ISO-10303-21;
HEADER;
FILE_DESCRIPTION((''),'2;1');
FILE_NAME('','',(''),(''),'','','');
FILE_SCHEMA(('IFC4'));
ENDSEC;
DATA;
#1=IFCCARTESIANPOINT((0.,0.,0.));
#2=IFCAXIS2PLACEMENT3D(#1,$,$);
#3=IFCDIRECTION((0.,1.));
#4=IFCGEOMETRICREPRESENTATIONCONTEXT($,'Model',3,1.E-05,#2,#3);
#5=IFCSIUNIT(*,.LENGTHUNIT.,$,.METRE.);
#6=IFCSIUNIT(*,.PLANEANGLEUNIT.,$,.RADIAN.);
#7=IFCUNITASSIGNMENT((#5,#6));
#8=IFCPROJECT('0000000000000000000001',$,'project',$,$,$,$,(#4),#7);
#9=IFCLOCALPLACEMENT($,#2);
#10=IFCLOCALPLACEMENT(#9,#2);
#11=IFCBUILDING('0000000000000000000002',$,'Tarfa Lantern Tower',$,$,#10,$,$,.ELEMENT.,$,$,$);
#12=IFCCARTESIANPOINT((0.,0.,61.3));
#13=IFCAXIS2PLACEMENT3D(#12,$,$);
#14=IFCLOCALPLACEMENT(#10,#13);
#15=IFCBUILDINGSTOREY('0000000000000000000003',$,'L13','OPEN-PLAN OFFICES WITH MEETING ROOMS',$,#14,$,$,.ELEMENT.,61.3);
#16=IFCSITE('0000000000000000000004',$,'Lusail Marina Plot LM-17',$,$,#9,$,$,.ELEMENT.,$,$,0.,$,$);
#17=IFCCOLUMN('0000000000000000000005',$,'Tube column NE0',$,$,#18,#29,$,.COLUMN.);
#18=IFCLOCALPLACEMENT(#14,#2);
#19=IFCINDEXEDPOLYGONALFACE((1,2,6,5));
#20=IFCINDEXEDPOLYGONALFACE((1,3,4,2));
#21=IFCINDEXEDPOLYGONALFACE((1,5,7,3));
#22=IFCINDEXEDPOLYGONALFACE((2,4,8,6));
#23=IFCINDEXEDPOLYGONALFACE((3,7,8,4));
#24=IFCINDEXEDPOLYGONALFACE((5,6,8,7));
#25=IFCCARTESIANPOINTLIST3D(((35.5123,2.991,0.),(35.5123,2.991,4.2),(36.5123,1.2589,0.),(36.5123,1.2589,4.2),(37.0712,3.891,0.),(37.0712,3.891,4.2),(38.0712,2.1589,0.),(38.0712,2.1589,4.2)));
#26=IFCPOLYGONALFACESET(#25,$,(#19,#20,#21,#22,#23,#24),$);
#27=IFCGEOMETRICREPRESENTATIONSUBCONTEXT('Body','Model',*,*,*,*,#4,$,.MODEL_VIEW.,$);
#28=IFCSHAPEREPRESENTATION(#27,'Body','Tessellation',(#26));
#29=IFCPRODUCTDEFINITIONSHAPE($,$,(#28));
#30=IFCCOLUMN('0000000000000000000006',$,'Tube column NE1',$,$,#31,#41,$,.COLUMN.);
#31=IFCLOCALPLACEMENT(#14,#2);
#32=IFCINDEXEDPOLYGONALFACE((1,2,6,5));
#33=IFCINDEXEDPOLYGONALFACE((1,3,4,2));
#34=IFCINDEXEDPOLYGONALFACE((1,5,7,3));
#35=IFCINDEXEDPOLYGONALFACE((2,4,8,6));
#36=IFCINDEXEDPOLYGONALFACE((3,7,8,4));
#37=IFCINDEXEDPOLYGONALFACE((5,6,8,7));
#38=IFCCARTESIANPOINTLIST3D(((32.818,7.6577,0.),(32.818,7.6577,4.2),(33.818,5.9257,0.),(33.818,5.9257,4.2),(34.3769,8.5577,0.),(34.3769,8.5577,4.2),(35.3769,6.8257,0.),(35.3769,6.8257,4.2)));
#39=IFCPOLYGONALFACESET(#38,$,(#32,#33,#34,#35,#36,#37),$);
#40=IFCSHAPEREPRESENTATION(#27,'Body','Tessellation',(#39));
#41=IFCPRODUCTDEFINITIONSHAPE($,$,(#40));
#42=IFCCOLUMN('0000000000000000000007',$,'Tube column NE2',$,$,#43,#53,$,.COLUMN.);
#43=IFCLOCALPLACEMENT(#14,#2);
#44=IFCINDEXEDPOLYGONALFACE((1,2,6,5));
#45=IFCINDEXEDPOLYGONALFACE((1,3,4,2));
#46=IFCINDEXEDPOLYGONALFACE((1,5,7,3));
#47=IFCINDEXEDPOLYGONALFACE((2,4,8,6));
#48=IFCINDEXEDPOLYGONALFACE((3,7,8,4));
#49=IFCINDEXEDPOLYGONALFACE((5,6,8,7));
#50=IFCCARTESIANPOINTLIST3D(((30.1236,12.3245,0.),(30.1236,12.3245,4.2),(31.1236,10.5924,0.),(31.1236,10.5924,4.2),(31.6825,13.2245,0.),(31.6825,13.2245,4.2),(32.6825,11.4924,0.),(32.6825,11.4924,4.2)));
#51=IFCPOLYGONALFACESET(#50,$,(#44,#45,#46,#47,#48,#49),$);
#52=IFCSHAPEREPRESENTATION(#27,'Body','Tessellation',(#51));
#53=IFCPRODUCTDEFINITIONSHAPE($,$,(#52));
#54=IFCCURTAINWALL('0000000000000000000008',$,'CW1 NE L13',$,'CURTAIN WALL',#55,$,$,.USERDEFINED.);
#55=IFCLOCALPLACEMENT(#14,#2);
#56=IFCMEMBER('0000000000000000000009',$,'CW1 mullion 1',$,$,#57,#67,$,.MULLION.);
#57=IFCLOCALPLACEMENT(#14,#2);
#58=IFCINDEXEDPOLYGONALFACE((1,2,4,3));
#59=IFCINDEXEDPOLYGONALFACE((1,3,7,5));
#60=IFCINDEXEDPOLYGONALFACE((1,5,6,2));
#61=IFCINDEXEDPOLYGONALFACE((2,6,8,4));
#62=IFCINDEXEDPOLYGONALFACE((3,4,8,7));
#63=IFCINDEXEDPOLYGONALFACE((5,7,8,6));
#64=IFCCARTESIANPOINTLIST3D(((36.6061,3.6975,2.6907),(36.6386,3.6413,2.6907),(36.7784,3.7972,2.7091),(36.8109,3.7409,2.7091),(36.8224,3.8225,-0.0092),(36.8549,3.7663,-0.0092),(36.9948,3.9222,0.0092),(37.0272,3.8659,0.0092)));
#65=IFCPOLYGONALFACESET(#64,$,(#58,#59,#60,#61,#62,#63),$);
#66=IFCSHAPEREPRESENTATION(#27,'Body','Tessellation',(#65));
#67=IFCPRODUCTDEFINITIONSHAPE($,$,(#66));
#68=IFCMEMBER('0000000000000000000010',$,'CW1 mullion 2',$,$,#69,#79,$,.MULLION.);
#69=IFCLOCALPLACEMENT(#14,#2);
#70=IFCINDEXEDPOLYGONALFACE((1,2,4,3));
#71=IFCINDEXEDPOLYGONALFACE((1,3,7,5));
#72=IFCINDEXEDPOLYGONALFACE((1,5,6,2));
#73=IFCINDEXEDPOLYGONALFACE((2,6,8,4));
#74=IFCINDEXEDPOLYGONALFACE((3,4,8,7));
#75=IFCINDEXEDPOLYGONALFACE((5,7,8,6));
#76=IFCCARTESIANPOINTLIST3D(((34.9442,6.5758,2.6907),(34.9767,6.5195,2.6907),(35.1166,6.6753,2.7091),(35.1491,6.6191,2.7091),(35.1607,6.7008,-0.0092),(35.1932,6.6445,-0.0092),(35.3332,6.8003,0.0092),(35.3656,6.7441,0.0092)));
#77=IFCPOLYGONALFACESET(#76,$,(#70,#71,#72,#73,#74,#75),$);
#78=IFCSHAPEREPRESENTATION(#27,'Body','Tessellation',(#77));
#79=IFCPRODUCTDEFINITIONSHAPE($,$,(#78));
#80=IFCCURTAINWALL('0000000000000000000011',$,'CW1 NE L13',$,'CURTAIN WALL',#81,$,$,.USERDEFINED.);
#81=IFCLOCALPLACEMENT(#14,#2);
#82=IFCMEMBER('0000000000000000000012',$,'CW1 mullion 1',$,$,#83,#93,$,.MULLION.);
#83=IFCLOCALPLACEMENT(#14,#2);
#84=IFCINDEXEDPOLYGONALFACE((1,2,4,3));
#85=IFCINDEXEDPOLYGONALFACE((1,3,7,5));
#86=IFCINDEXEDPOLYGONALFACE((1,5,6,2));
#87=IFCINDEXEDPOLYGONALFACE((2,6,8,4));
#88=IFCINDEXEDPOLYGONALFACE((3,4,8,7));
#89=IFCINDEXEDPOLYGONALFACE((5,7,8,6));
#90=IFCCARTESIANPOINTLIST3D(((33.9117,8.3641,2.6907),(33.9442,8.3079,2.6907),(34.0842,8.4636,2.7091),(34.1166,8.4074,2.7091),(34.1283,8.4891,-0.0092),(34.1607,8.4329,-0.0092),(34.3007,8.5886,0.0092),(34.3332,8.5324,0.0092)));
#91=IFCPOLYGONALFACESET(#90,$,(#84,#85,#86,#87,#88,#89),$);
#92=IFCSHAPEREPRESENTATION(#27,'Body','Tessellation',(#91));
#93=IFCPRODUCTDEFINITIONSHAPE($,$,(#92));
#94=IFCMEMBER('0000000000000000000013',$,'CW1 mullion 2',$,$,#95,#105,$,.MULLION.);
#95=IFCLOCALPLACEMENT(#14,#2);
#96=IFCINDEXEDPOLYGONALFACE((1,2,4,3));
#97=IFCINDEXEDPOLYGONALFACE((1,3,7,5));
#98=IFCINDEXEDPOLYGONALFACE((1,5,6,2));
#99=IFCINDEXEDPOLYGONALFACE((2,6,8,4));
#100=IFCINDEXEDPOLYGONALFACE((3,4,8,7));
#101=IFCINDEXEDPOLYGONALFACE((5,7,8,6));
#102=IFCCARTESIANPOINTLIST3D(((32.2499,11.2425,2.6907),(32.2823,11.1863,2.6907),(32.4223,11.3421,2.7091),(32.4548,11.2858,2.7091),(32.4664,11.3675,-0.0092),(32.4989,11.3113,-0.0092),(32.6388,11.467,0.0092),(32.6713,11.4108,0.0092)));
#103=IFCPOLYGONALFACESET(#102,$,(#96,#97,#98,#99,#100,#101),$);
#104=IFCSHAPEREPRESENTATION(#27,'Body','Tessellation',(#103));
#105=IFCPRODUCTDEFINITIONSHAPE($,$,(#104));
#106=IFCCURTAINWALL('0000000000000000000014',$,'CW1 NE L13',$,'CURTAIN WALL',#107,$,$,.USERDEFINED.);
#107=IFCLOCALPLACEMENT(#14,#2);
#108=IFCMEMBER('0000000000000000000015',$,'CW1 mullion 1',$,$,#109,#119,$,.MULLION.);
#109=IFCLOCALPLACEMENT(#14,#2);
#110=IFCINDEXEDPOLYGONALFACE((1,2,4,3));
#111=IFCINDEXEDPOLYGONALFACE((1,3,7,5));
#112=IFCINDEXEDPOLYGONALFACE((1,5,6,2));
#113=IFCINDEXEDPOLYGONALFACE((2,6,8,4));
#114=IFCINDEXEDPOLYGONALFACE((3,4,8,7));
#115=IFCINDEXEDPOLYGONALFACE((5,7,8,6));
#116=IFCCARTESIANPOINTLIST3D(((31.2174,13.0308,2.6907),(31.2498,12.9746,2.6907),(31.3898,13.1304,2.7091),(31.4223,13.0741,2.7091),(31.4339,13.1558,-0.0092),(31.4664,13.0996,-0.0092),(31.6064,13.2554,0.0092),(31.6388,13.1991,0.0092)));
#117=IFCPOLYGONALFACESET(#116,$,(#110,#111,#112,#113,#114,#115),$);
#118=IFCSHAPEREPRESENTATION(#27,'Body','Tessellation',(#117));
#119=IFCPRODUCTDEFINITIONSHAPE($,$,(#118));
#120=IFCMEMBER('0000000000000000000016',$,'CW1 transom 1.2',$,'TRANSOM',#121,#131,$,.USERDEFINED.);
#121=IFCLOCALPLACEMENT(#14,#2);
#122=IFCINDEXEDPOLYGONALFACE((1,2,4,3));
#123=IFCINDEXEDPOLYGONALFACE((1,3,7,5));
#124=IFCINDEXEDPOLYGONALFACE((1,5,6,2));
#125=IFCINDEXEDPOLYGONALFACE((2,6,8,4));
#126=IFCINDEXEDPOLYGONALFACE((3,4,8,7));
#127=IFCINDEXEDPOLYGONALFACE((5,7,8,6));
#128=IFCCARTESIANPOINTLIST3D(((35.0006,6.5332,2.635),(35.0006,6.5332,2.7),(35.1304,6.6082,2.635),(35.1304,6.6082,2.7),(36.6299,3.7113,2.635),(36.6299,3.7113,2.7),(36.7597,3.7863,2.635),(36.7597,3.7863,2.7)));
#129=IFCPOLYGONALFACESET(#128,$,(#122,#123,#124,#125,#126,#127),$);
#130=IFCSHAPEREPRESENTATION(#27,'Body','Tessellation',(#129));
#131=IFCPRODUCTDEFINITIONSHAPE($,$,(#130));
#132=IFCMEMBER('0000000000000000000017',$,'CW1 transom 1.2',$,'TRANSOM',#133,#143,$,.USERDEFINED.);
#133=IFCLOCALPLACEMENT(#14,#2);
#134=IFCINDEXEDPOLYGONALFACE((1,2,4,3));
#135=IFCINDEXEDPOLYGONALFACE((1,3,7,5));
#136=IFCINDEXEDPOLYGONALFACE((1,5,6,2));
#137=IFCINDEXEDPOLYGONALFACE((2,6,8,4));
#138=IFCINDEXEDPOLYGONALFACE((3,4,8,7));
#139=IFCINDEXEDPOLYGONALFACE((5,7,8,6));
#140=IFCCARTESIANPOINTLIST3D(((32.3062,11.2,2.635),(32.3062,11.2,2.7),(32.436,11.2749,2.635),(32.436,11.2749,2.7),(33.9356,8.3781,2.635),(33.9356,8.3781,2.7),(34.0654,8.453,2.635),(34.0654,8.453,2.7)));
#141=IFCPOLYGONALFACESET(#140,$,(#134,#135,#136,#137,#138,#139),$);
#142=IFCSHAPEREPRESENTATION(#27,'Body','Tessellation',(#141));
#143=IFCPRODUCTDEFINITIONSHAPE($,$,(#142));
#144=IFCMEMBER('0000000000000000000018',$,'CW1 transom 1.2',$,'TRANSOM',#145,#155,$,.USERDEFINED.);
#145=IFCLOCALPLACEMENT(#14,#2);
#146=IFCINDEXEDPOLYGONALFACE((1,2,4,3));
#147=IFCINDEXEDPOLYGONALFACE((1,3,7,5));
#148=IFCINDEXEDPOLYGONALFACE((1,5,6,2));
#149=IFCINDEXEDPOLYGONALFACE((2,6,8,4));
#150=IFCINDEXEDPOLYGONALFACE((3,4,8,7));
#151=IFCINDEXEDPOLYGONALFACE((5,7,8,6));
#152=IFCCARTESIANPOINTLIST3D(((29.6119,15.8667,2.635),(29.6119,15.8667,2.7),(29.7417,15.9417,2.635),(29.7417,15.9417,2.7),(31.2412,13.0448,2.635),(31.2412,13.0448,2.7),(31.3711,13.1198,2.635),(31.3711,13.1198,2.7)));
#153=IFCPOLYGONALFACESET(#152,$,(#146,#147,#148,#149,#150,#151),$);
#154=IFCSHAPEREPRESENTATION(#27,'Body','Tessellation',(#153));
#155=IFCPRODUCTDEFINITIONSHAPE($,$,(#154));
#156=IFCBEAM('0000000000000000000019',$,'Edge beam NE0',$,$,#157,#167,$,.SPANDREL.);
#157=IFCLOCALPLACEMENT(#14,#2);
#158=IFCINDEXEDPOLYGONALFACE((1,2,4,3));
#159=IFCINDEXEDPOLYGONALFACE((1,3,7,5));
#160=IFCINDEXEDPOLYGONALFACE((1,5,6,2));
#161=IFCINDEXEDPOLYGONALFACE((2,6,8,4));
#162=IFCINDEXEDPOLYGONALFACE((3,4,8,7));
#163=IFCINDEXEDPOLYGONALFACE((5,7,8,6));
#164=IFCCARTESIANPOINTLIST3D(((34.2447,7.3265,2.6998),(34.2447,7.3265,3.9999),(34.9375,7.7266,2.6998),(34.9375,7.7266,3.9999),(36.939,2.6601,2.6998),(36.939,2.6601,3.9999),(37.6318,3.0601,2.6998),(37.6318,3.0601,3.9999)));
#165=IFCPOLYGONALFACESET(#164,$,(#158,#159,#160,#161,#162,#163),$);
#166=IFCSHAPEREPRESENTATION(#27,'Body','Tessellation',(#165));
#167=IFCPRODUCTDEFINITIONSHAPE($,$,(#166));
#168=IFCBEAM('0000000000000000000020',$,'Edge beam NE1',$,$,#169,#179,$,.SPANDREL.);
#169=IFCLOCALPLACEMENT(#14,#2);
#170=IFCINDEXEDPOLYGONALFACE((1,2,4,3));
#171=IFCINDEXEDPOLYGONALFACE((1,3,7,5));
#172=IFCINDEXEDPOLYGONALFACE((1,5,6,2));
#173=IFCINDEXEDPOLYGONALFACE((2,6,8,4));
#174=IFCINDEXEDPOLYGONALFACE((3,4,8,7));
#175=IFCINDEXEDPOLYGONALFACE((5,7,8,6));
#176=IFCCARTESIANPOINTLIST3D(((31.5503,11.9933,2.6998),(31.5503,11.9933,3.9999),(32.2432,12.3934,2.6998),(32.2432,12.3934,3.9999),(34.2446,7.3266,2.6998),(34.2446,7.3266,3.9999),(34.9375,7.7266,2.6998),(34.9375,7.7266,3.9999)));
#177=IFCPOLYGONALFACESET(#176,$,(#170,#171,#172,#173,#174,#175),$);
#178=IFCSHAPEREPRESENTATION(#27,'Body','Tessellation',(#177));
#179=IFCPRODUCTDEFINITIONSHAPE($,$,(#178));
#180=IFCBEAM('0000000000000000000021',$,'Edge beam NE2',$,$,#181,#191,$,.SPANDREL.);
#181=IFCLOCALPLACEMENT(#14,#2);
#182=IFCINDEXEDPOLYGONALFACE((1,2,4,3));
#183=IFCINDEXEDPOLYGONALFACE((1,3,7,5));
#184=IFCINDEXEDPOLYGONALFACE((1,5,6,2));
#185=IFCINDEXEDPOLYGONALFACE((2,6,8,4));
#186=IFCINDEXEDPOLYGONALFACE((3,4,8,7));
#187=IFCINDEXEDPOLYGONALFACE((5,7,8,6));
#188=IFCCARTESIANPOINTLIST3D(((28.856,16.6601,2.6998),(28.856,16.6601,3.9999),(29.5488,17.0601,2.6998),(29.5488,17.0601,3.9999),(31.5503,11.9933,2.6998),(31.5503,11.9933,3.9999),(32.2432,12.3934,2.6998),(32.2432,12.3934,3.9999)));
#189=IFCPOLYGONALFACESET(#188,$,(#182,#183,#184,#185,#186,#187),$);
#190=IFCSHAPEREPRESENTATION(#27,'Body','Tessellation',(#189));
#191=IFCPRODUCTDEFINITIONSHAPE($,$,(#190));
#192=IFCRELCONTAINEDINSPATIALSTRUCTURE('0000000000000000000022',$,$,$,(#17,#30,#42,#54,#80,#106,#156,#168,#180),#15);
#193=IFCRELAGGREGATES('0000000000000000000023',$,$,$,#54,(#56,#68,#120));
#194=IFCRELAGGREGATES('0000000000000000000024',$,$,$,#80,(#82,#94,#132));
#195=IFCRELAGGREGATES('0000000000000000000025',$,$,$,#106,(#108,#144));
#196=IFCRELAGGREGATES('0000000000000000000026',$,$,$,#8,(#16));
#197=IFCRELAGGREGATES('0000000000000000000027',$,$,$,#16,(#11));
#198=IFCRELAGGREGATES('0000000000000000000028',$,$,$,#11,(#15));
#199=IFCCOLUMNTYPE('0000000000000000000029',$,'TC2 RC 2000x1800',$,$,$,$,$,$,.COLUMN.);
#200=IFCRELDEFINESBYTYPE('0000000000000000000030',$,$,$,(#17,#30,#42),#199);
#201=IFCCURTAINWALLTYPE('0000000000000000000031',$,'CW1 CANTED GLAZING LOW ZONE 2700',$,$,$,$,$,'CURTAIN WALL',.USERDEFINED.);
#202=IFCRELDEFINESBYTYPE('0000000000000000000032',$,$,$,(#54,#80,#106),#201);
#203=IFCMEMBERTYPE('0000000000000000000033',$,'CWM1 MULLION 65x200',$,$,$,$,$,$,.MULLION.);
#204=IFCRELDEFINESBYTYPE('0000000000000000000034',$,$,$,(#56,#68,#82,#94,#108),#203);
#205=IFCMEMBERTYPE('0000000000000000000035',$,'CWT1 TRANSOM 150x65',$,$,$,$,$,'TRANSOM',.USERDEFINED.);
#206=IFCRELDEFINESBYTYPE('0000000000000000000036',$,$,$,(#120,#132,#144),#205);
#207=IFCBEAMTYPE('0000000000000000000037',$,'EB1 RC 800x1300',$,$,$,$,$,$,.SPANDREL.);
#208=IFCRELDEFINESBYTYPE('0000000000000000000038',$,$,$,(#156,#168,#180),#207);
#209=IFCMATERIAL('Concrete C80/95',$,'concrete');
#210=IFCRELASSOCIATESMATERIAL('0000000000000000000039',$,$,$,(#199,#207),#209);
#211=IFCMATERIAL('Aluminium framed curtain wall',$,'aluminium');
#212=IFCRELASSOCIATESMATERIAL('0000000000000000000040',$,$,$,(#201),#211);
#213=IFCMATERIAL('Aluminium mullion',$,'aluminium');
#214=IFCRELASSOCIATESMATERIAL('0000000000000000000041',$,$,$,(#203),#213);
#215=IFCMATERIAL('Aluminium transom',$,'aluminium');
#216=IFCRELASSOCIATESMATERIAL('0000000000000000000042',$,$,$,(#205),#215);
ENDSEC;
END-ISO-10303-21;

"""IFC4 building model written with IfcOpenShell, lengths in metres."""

from ifc_helpers import new_model, si_unit, direction, frame, origin, origin_2d, place, context, subcontext, project, spatial, rectangle, extrude, material, material_profile, profile_set, type_object, element, aggregate, save


model = new_model("IFC4")

# Units and contexts
model_context = context("Model", 3, precision=1e-05, world=origin(), true_north=direction((0.0, 1.0)))
body_context = subcontext(model_context, "Body", "Model", "MODEL_VIEW")
ifc_project = project(units=[si_unit("LENGTHUNIT", "METRE"), si_unit("PLANEANGLEUNIT", "RADIAN")], contexts=[model_context])

# Site, building, storey
site_placement = place(None, origin())
site = spatial("IfcSite", under=ifc_project, at=site_placement, Name="Lusail Marina Plot LM-17", CompositionType="ELEMENT", RefElevation=0.0)
building_placement = place(site_placement, origin())
building = spatial("IfcBuilding", under=site, at=building_placement, Name="Tarfa Lantern Tower", CompositionType="ELEMENT")
storey_placement = place(building_placement, frame((0.0, 0.0, 61.3)))
storey = spatial("IfcBuildingStorey", under=building, at=storey_placement, Name="L13", Description="OPEN-PLAN OFFICES WITH MEETING ROOMS", CompositionType="ELEMENT", Elevation=61.3)

# Columns
ifc_material_1 = material(Name="Concrete C80/95", Category="concrete")
ifc_material_profile_1 = material_profile(ifc_material_1, rectangle(XDim=2.0, YDim=1.8, at=origin_2d()), Name="RC 2000x1800")
ifc_profile_set_1 = profile_set([ifc_material_profile_1], Name="Concrete C80/95")
column_type = type_object("IfcColumnType", Name="TC2 RC 2000x1800", PredefinedType="COLUMN", material=ifc_profile_set_1)
for number, where, z_axis, x_axis, name in (
    (1, (36.7917, 2.575, 0.0), (0.0, 0.0, 1.0), (-0.5, 0.866025, 0.0), "Tube column NE0"),
    (2, (34.0974, 7.2417, 0.0), (0.0, 0.0, 1.0), (-0.5, 0.866025, 0.0), "Tube column NE1"),
    (3, (31.4031, 11.9084, 0.0), (0.0, 0.0, 1.0), (-0.5, 0.866025, 0.0), "Tube column NE2"),
):
    element("IfcColumn", number, at=place(storey_placement, frame(where, z_axis=z_axis, x_axis=x_axis)), inside=storey, type_object=column_type, Name=name, PredefinedType="COLUMN", context=body_context, shape_type="SweptSolid", body=[
        extrude(rectangle(XDim=2.0, YDim=1.8, at=origin_2d()), origin(), (0.0, 0.0, 1.0), 4.2),
    ])

# Curtain walls, members
ifc_material_2 = material(Name="Aluminium framed curtain wall", Category="aluminium")
curtain_wall_type = type_object("IfcCurtainWallType", Name="CW1 CANTED GLAZING LOW ZONE 2700", ElementType="CURTAIN WALL", PredefinedType="USERDEFINED", material=ifc_material_2)
curtain_wall_1_placement = place(storey_placement, origin())
curtain_wall_1 = element("IfcCurtainWall", 4, at=curtain_wall_1_placement, inside=storey, type_object=curtain_wall_type, Name="CW1 NE L13", ObjectType="CURTAIN WALL", PredefinedType="USERDEFINED")
ifc_material_3 = material(Name="Aluminium mullion", Category="aluminium")
ifc_material_profile_2 = material_profile(ifc_material_3, rectangle(XDim=0.0649, YDim=0.2, at=origin_2d()), Name="AL MULLION 65x200")
ifc_profile_set_2 = profile_set([ifc_material_profile_2], Name="Aluminium mullion")
member_type_1 = type_object("IfcMemberType", Name="CWM1 MULLION 65x200", PredefinedType="MULLION", material=ifc_profile_set_2)
member_1_placement = place(storey_placement, frame((36.9248, 3.8442, 0.0), z_axis=(-0.079775, -0.0461, 0.995746), x_axis=(0.500343, -0.865827, 0.0)))
member_1 = element("IfcMember", 5, at=member_1_placement, type_object=member_type_1, Name="CW1 mullion 1", PredefinedType="MULLION", context=body_context, shape_type="SweptSolid", body=[
    extrude(rectangle(XDim=0.0649, YDim=0.2, at=origin_2d()), origin(), (0.0, 0.0, 1.0), 2.7114),
])
member_2_placement = place(storey_placement, frame((35.2632, 6.7224, 0.0), z_axis=(-0.079864, -0.0461, 0.995739), x_axis=(0.49992, -0.866072, 0.0)))
member_2 = element("IfcMember", 6, at=member_2_placement, type_object=member_type_1, Name="CW1 mullion 2", PredefinedType="MULLION", context=body_context, shape_type="SweptSolid", body=[
    extrude(rectangle(XDim=0.0649, YDim=0.2, at=origin_2d()), origin(), (0.0, 0.0, 1.0), 2.7114),
])
curtain_wall_2_placement = place(storey_placement, origin())
curtain_wall_2 = element("IfcCurtainWall", 7, at=curtain_wall_2_placement, inside=storey, type_object=curtain_wall_type, Name="CW1 NE L13", ObjectType="CURTAIN WALL", PredefinedType="USERDEFINED")
member_3_placement = place(storey_placement, frame((34.2307, 8.5107, 0.0), z_axis=(-0.079864, -0.0461, 0.995739), x_axis=(0.49992, -0.866072, 0.0)))
member_3 = element("IfcMember", 8, at=member_3_placement, type_object=member_type_1, Name="CW1 mullion 1", PredefinedType="MULLION", context=body_context, shape_type="SweptSolid", body=[
    extrude(rectangle(XDim=0.0649, YDim=0.2, at=origin_2d()), origin(), (0.0, 0.0, 1.0), 2.7114),
])
member_4_placement = place(storey_placement, frame((32.5688, 11.3892, 0.0), z_axis=(-0.079864, -0.0461, 0.995739), x_axis=(0.49992, -0.866072, 0.0)))
member_4 = element("IfcMember", 9, at=member_4_placement, type_object=member_type_1, Name="CW1 mullion 2", PredefinedType="MULLION", context=body_context, shape_type="SweptSolid", body=[
    extrude(rectangle(XDim=0.0649, YDim=0.2, at=origin_2d()), origin(), (0.0, 0.0, 1.0), 2.7114),
])

# Curtain wall, member
curtain_wall_3_placement = place(storey_placement, origin())
curtain_wall_3 = element("IfcCurtainWall", 10, at=curtain_wall_3_placement, inside=storey, type_object=curtain_wall_type, Name="CW1 NE L13", ObjectType="CURTAIN WALL", PredefinedType="USERDEFINED")
member_5_placement = place(storey_placement, frame((31.5364, 13.1775, 0.0), z_axis=(-0.079864, -0.0461, 0.995739), x_axis=(0.49992, -0.866072, 0.0)))
member_5 = element("IfcMember", 11, at=member_5_placement, type_object=member_type_1, Name="CW1 mullion 1", PredefinedType="MULLION", context=body_context, shape_type="SweptSolid", body=[
    extrude(rectangle(XDim=0.0649, YDim=0.2, at=origin_2d()), origin(), (0.0, 0.0, 1.0), 2.7114),
])

# Members
ifc_material_4 = material(Name="Aluminium transom", Category="aluminium")
ifc_material_profile_3 = material_profile(ifc_material_4, rectangle(XDim=0.1499, YDim=0.0649, at=origin_2d()), Name="AL TRANSOM 150x65")
ifc_profile_set_3 = profile_set([ifc_material_profile_3], Name="Aluminium transom")
member_type_2 = type_object("IfcMemberType", Name="CWT1 TRANSOM 150x65", ElementType="TRANSOM", PredefinedType="USERDEFINED", material=ifc_profile_set_3)
member_6_placement = place(storey_placement, frame((36.6948, 3.7488, 2.6675), z_axis=(-0.500023, 0.866012, 0.0), x_axis=(-0.866012, -0.500023, 0.0)))
member_6 = element("IfcMember", 12, at=member_6_placement, type_object=member_type_2, Name="CW1 transom 1.2", ObjectType="TRANSOM", PredefinedType="USERDEFINED", context=body_context, shape_type="SweptSolid", body=[
    extrude(rectangle(XDim=0.1499, YDim=0.0649, at=origin_2d()), origin(), (0.0, 0.0, 1.0), 3.2585),
])
member_7_placement = place(storey_placement, frame((34.0005, 8.4155, 2.6675), z_axis=(-0.500023, 0.866012, 0.0), x_axis=(-0.866012, -0.500023, 0.0)))
member_7 = element("IfcMember", 13, at=member_7_placement, type_object=member_type_2, Name="CW1 transom 1.2", ObjectType="TRANSOM", PredefinedType="USERDEFINED", context=body_context, shape_type="SweptSolid", body=[
    extrude(rectangle(XDim=0.1499, YDim=0.0649, at=origin_2d()), origin(), (0.0, 0.0, 1.0), 3.2585),
])
member_8_placement = place(storey_placement, frame((31.3062, 13.0823, 2.6675), z_axis=(-0.500023, 0.866012, 0.0), x_axis=(-0.866012, -0.500023, 0.0)))
member_8 = element("IfcMember", 14, at=member_8_placement, type_object=member_type_2, Name="CW1 transom 1.2", ObjectType="TRANSOM", PredefinedType="USERDEFINED", context=body_context, shape_type="SweptSolid", body=[
    extrude(rectangle(XDim=0.1499, YDim=0.0649, at=origin_2d()), origin(), (0.0, 0.0, 1.0), 3.2585),
])

# Beams
ifc_material_profile_4 = material_profile(ifc_material_1, rectangle(XDim=0.8, YDim=1.3, at=origin_2d()), Name="RC 800x1300")
ifc_profile_set_4 = profile_set([ifc_material_profile_4], Name="Concrete C80/95")
beam_type_1 = type_object("IfcBeamType", Name="EB1 RC 800x1300", PredefinedType="SPANDREL", material=ifc_profile_set_4)
beam_1_placement = place(storey_placement, frame((37.2854, 2.8601, 3.3499), z_axis=(-0.500018, 0.866015, 0.0), x_axis=(-0.866015, -0.500018, 0.0)))
element("IfcBeam", 15, at=beam_1_placement, inside=storey, type_object=beam_type_1, Name="Edge beam NE0", PredefinedType="SPANDREL", context=body_context, shape_type="SweptSolid", body=[
    extrude(rectangle(XDim=0.8, YDim=1.3, at=origin_2d()), origin(), (0.0, 0.0, 1.0), 5.3884),
])
for number, where, z_axis, x_axis, name in (
    (16, (34.5911, 7.5266, 3.3499), (-0.499998, 0.866026, 0.0), (-0.866026, -0.499998, 0.0), "Edge beam NE1"),
    (17, (31.8967, 12.1934, 3.3499), (-0.499998, 0.866026, 0.0), (-0.866026, -0.499998, 0.0), "Edge beam NE2"),
):
    element("IfcBeam", number, at=place(storey_placement, frame(where, z_axis=z_axis, x_axis=x_axis)), inside=storey, type_object=beam_type_1, Name=name, PredefinedType="SPANDREL", context=body_context, shape_type="SweptSolid", body=[
        extrude(rectangle(XDim=0.8, YDim=1.3, at=origin_2d()), origin(), (0.0, 0.0, 1.0), 5.3887),
    ])

aggregate(curtain_wall_1, [member_1, member_2, member_6])
aggregate(curtain_wall_2, [member_3, member_4, member_7])
aggregate(curtain_wall_3, [member_5, member_8])

save(model, "model.ifc")
